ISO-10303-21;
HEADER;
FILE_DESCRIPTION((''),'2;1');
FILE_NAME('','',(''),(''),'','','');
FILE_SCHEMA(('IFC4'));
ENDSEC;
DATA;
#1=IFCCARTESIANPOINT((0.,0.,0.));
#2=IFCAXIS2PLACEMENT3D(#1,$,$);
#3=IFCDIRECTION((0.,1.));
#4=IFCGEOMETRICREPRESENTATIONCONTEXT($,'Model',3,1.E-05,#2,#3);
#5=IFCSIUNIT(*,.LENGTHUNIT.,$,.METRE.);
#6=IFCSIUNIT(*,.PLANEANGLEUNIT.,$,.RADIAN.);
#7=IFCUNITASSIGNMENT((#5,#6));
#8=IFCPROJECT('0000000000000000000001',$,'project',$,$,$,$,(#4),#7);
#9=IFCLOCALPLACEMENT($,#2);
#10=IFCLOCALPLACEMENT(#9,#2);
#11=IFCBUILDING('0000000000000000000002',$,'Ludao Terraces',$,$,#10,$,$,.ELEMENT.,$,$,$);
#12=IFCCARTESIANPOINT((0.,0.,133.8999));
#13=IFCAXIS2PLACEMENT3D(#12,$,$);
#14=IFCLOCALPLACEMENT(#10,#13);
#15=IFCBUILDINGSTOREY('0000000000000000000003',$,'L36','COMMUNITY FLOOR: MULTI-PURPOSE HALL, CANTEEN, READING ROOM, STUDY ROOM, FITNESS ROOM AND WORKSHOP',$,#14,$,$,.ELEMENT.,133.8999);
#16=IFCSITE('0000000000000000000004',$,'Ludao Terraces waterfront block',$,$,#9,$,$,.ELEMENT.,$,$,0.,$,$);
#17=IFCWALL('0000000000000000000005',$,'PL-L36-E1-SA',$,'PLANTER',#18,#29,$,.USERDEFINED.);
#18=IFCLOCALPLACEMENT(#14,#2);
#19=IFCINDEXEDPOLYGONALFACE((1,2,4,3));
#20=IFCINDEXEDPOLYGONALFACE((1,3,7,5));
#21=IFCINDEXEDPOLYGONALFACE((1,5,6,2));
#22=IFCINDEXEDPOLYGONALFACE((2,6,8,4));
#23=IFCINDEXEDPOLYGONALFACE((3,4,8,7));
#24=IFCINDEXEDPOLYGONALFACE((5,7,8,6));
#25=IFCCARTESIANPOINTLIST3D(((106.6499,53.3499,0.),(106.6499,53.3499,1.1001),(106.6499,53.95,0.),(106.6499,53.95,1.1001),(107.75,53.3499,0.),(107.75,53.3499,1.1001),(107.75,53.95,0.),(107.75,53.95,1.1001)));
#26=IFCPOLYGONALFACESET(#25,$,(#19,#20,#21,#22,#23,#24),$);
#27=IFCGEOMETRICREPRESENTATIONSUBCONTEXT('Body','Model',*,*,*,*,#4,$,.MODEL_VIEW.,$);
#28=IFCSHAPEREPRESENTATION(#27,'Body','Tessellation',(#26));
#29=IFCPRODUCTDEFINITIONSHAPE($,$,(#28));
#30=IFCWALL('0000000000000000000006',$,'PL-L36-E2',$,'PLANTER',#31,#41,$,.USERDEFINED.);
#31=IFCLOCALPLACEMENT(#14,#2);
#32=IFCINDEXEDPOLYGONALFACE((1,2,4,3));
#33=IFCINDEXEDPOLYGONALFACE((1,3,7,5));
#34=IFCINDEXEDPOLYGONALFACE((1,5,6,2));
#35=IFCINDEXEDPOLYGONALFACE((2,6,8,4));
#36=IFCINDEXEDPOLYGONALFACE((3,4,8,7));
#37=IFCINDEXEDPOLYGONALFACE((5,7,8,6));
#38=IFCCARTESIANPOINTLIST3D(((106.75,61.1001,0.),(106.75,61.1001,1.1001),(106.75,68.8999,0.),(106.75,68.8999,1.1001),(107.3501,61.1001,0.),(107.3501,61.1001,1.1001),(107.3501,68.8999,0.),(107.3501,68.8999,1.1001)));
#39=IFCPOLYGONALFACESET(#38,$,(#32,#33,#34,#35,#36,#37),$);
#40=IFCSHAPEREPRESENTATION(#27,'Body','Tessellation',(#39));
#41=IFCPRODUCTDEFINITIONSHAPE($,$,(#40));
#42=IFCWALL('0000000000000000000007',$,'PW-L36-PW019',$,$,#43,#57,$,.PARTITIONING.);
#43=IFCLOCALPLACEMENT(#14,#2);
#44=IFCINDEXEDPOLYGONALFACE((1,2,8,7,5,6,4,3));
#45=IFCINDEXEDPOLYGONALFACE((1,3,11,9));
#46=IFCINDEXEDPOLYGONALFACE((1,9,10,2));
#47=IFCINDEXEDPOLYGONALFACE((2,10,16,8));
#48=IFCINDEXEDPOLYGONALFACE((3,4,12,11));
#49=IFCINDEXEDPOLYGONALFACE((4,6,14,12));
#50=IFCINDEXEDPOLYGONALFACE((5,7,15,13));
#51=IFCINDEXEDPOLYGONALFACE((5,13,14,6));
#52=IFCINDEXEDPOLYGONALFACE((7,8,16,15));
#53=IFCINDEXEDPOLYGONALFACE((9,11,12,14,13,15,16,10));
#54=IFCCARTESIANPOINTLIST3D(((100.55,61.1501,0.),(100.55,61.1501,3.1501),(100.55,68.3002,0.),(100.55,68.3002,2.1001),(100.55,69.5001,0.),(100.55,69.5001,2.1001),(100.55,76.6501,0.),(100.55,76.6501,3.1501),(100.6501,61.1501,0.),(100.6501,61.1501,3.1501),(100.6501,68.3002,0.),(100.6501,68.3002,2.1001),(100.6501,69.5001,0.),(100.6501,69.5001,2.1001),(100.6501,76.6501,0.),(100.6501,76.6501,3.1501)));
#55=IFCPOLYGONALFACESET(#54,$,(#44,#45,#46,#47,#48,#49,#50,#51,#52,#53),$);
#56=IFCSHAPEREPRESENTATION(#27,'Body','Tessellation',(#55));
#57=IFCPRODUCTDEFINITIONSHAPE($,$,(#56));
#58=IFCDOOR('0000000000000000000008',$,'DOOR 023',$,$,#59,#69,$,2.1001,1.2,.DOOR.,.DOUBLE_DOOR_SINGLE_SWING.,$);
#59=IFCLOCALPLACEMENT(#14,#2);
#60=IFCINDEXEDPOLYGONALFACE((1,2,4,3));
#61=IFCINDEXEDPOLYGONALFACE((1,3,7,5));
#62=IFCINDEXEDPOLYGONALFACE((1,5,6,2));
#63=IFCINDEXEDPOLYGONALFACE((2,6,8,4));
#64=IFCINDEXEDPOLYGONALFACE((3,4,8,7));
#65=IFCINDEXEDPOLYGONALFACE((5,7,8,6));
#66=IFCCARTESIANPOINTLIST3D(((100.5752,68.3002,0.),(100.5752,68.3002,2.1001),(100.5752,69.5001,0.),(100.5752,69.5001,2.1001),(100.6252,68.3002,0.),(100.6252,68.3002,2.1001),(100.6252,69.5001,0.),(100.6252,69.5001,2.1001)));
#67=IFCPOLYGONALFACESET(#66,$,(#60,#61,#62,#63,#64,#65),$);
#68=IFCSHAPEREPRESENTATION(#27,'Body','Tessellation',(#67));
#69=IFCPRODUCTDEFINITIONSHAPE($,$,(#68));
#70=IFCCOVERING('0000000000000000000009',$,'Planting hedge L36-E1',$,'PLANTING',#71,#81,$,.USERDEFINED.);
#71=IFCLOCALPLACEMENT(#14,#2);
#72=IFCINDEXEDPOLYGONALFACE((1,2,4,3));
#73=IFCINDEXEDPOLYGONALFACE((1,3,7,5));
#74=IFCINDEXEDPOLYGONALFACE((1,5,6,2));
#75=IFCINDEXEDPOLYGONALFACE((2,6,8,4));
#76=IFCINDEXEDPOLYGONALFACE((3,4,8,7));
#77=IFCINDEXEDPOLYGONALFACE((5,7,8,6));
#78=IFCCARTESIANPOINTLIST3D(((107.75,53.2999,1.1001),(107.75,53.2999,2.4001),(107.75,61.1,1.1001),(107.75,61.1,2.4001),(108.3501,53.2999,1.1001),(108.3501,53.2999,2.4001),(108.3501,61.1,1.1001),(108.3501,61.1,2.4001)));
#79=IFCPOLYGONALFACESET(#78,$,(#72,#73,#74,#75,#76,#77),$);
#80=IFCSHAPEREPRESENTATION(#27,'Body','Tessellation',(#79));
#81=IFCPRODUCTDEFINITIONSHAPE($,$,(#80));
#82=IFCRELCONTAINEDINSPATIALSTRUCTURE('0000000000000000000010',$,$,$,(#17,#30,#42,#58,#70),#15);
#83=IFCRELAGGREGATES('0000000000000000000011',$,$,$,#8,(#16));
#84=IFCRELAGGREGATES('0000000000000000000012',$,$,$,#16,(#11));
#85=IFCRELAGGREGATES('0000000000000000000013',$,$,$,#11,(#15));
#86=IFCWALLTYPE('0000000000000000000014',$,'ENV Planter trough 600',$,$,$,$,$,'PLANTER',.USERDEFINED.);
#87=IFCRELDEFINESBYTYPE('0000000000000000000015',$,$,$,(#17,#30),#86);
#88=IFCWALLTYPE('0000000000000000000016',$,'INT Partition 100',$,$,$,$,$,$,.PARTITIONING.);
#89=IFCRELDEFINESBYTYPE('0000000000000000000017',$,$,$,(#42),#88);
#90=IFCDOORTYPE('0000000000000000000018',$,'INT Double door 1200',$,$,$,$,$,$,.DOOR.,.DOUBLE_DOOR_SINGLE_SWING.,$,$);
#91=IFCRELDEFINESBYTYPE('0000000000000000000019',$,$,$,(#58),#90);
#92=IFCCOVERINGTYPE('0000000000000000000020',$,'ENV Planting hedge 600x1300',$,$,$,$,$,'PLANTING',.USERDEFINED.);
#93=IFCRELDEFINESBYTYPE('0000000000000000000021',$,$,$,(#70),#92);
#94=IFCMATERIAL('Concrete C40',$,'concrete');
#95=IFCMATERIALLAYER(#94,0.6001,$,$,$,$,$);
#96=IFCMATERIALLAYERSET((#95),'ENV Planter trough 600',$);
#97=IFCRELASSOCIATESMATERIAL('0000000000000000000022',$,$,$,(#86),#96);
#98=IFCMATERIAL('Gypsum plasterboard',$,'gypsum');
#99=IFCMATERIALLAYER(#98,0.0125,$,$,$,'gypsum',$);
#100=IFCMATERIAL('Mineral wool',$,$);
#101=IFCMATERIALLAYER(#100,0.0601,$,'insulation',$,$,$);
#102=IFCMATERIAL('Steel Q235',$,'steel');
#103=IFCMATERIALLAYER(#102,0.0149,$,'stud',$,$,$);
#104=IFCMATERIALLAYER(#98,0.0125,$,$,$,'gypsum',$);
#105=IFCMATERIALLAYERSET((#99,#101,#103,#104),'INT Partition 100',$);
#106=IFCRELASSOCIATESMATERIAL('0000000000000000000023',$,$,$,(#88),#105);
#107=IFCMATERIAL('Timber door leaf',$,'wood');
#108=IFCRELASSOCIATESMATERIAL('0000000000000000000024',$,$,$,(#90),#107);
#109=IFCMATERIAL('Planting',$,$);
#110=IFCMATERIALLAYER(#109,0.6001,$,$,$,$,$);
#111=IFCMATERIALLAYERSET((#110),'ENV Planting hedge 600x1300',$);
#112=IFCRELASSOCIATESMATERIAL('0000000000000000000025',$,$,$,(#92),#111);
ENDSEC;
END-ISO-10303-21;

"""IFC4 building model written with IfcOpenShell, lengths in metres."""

from ifc_helpers import new_model, si_unit, direction, frame, frame_2d, origin, origin_2d, place, context, subcontext, project, spatial, rectangle, extrude, material, layer, layer_set, type_object, element, fill, save


model = new_model("IFC4")

# Units and contexts
model_context = context("Model", 3, precision=1e-05, world=origin(), true_north=direction((0.0, 1.0)))
body_context = subcontext(model_context, "Body", "Model", "MODEL_VIEW")
ifc_project = project(units=[si_unit("LENGTHUNIT", "METRE"), si_unit("PLANEANGLEUNIT", "RADIAN")], contexts=[model_context])

# Site, building, storey
site_placement = place(None, origin())
site = spatial("IfcSite", under=ifc_project, at=site_placement, Name="Ludao Terraces waterfront block", CompositionType="ELEMENT", RefElevation=0.0)
building_placement = place(site_placement, origin())
building = spatial("IfcBuilding", under=site, at=building_placement, Name="Ludao Terraces", CompositionType="ELEMENT")
storey_placement = place(building_placement, frame((0.0, 0.0, 133.8999)))
storey = spatial("IfcBuildingStorey", under=building, at=storey_placement, Name="L36", Description="COMMUNITY FLOOR: MULTI-PURPOSE HALL, CANTEEN, READING ROOM, STUDY ROOM, FITNESS ROOM AND WORKSHOP", CompositionType="ELEMENT", Elevation=133.8999)

# Shared definitions
ifc_material_1 = material(Name="Concrete C40", Category="concrete")

# Walls
ifc_layer_1 = layer(ifc_material_1, 0.6001)
ifc_layer_set_1 = layer_set([ifc_layer_1], Name="ENV Planter trough 600")
wall_type_1 = type_object("IfcWallType", Name="ENV Planter trough 600", ElementType="PLANTER", PredefinedType="USERDEFINED", material=ifc_layer_set_1)
wall_1_placement = place(storey_placement, frame((107.75, 53.6499, 0.0), z_axis=(0.0, 0.0, 1.0), x_axis=(-1.0, 0.0, 0.0)))
element("IfcWall", 1, at=wall_1_placement, inside=storey, type_object=wall_type_1, Name="PL-L36-E1-SA", ObjectType="PLANTER", PredefinedType="USERDEFINED", context=body_context, shape_type="SweptSolid", body=[
    extrude(rectangle(XDim=1.1001, YDim=0.6001, at=frame_2d((0.55, 0.0))), origin(), (0.0, 0.0, 1.0), 1.1001),
])
wall_2_placement = place(storey_placement, frame((107.05, 61.1001, 0.0), z_axis=(0.0, 0.0, 1.0), x_axis=(0.0, 1.0, 0.0)))
element("IfcWall", 2, at=wall_2_placement, inside=storey, type_object=wall_type_1, Name="PL-L36-E2", ObjectType="PLANTER", PredefinedType="USERDEFINED", context=body_context, shape_type="SweptSolid", body=[
    extrude(rectangle(XDim=7.7998, YDim=0.6001, at=frame_2d((3.8999, 0.0))), origin(), (0.0, 0.0, 1.0), 1.1001),
])

# Shared definitions
ifc_material_2 = material(Name="Mineral wool")

# Wall, opening, door
ifc_material_3 = material(Name="Gypsum plasterboard", Category="gypsum")
ifc_layer_2 = layer(ifc_material_3, 0.0125, Category="gypsum")
ifc_layer_3 = layer(ifc_material_2, 0.0601, Name="insulation")
ifc_material_4 = material(Name="Steel Q235", Category="steel")
ifc_layer_4 = layer(ifc_material_4, 0.0149, Name="stud")
ifc_layer_5 = layer(ifc_material_3, 0.0125, Category="gypsum")
ifc_layer_set_2 = layer_set([ifc_layer_2, ifc_layer_3, ifc_layer_4, ifc_layer_5], Name="INT Partition 100")
wall_type_2 = type_object("IfcWallType", Name="INT Partition 100", PredefinedType="PARTITIONING", material=ifc_layer_set_2)
wall_3_placement = place(storey_placement, frame((100.6001, 61.1501, 0.0), z_axis=(0.0, 0.0, 1.0), x_axis=(0.0, 1.0, 0.0)))
wall_3 = element("IfcWall", 3, at=wall_3_placement, inside=storey, type_object=wall_type_2, Name="PW-L36-PW019", PredefinedType="PARTITIONING", context=body_context, shape_type="SweptSolid", body=[
    extrude(rectangle(XDim=15.5, YDim=0.1001, at=frame_2d((7.75, 0.0))), origin(), (0.0, 0.0, 1.0), 3.1501),
])
opening_1_placement = place(wall_3_placement, frame((7.1499, 0.0, 0.0)))
opening_1 = element("IfcOpeningElement", 4, at=opening_1_placement, cuts=wall_3, PredefinedType="OPENING", context=body_context, shape_type="SweptSolid", body=[
    extrude(rectangle(XDim=1.2, YDim=2.1001, at=frame_2d((0.6001, 1.05))), frame((0.0, 0.0601, 0.0), z_axis=(0.0, -1.0, 0.0), x_axis=(1.0, 0.0, 0.0)), (0.0, 0.0, 1.0), 0.1201),
])
ifc_material_5 = material(Name="Timber door leaf", Category="wood")
door_type_1 = type_object("IfcDoorType", Name="INT Double door 1200", OperationType="DOUBLE_DOOR_SINGLE_SWING", PredefinedType="DOOR", material=ifc_material_5)
door_1_placement = place(opening_1_placement, origin())
door_1 = element("IfcDoor", 5, at=door_1_placement, inside=storey, type_object=door_type_1, Name="DOOR 023", OperationType="DOUBLE_DOOR_SINGLE_SWING", OverallHeight=2.1001, OverallWidth=1.2, PredefinedType="DOOR", context=body_context, shape_type="SweptSolid", body=[
    extrude(rectangle(XDim=1.2, YDim=2.1001, at=frame_2d((0.6001, 1.05))), frame((0.0, 0.0249, 0.0), z_axis=(0.0, -1.0, 0.0), x_axis=(1.0, 0.0, 0.0)), (0.0, 0.0, 1.0), 0.05),
])
fill(opening_1, door_1)

# Covering
ifc_material_6 = material(Name="Planting")
ifc_layer_6 = layer(ifc_material_6, 0.6001)
ifc_layer_set_3 = layer_set([ifc_layer_6], Name="ENV Planting hedge 600x1300")
covering_type = type_object("IfcCoveringType", Name="ENV Planting hedge 600x1300", ElementType="PLANTING", PredefinedType="USERDEFINED", material=ifc_layer_set_3)
covering_placement = place(storey_placement, frame((108.05, 57.2, 1.1001), z_axis=(0.0, 0.0, 1.0), x_axis=(1.0, 0.0, 0.0)))
element("IfcCovering", 6, at=covering_placement, inside=storey, type_object=covering_type, Name="Planting hedge L36-E1", ObjectType="PLANTING", PredefinedType="USERDEFINED", context=body_context, shape_type="SweptSolid", body=[
    extrude(rectangle(XDim=0.6001, YDim=7.8, at=origin_2d()), origin(), (0.0, 0.0, 1.0), 1.3),
])

save(model, "model.ifc")
